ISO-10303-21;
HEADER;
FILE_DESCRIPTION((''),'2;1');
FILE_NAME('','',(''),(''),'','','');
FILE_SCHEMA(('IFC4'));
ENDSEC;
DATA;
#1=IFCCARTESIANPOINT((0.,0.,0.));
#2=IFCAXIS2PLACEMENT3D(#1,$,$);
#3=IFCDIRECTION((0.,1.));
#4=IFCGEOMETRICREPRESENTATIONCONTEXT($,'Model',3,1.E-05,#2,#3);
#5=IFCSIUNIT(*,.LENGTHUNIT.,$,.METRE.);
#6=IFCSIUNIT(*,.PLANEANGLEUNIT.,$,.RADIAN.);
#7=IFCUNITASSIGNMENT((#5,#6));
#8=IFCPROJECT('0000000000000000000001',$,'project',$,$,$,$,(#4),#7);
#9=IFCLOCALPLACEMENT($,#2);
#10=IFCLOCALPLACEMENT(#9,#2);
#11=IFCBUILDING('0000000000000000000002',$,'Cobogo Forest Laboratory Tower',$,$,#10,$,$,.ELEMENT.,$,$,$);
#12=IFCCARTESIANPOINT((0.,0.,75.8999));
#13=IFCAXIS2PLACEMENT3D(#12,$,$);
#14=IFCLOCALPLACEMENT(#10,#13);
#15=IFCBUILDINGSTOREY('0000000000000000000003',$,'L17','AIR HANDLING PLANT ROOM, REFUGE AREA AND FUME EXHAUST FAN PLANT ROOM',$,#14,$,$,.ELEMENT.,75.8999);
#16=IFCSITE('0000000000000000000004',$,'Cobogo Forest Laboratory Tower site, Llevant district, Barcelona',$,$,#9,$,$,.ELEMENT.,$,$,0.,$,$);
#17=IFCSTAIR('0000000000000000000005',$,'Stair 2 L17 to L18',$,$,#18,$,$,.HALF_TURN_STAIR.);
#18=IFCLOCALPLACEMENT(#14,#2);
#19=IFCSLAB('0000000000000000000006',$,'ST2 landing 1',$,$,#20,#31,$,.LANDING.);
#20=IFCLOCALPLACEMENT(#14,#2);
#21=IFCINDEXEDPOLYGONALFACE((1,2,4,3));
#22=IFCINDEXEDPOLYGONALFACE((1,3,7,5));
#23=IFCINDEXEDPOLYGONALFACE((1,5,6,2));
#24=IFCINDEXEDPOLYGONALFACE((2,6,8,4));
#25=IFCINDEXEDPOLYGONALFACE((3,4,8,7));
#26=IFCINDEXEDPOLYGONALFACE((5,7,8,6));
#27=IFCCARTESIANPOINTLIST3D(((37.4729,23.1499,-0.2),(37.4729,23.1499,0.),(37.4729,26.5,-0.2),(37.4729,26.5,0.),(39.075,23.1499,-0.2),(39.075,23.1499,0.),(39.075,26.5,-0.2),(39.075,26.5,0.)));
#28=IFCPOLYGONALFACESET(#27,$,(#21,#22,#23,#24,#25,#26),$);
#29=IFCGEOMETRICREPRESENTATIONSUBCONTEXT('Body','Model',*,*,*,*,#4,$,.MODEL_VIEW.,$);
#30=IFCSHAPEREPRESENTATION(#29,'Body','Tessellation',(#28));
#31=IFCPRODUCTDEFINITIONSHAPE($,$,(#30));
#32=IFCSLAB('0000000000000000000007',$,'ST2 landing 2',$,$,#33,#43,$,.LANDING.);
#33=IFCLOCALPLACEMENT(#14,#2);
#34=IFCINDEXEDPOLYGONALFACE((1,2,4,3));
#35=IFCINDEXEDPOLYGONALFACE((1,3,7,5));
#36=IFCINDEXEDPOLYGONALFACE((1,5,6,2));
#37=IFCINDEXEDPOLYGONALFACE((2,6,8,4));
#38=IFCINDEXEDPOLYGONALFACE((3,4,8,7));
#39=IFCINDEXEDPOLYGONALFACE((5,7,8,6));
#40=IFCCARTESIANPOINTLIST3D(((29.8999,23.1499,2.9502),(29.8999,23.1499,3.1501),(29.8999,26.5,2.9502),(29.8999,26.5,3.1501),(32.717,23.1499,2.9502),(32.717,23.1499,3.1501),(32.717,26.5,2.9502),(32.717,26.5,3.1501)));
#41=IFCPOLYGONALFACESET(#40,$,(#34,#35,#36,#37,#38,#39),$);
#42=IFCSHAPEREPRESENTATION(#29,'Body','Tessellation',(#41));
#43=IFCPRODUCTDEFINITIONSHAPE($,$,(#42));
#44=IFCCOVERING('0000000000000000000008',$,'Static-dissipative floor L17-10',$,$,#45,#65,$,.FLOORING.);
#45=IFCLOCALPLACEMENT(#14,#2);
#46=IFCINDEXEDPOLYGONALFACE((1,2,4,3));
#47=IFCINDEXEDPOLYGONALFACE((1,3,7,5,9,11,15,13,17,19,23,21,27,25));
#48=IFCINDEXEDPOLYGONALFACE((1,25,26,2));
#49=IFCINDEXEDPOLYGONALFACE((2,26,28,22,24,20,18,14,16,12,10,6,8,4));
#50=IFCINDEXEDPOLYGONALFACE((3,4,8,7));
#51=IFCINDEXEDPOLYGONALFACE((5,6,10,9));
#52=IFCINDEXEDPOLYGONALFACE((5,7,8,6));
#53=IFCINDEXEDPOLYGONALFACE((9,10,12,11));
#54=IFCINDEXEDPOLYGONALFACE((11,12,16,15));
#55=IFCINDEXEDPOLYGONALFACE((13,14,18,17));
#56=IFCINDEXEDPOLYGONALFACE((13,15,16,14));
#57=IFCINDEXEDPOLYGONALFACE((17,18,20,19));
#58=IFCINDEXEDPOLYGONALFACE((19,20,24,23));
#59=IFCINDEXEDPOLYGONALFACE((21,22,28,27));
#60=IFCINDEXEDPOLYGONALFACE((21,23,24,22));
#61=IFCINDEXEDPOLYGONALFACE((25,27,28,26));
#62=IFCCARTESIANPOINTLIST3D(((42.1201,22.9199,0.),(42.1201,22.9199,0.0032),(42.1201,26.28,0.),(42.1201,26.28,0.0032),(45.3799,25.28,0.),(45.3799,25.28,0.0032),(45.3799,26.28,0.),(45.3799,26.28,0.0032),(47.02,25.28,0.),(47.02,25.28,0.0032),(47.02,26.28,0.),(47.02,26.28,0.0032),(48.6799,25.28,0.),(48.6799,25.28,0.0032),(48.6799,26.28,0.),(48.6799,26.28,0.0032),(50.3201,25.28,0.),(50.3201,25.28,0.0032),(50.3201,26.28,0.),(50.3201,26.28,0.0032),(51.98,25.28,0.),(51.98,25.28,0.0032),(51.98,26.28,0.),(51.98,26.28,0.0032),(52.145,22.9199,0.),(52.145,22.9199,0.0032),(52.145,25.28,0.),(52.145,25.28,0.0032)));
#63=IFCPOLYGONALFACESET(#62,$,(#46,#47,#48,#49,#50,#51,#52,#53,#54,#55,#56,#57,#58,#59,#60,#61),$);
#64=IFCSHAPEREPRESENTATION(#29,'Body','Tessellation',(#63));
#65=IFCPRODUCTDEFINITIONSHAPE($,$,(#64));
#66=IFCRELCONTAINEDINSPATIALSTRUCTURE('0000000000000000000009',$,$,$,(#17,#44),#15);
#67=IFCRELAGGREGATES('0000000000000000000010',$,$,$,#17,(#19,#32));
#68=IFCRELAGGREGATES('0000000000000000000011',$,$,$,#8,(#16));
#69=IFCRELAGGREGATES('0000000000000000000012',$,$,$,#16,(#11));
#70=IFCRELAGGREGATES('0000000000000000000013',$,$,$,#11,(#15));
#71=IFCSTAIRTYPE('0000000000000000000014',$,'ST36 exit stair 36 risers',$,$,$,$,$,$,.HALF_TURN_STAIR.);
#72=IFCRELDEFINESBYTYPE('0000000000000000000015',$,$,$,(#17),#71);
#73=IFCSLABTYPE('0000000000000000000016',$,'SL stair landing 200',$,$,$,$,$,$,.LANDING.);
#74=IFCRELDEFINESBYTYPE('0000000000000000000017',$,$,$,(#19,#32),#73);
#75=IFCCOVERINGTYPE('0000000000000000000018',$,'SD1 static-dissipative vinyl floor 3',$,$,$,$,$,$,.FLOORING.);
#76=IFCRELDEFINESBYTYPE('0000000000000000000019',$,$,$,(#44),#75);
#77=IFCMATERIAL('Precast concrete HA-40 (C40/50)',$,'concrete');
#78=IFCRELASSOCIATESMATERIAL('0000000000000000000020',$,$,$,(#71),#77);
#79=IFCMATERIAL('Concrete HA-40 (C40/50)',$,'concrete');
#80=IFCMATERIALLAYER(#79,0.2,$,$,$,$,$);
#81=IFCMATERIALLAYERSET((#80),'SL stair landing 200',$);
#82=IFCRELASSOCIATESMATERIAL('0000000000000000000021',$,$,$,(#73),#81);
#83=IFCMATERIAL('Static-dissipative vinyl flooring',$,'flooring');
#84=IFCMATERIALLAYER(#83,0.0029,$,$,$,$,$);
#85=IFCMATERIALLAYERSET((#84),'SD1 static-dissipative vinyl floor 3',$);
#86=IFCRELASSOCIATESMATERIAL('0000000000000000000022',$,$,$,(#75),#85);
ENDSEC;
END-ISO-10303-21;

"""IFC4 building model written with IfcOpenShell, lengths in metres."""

from ifc_helpers import new_model, si_unit, direction, frame, origin, place, context, subcontext, project, spatial, polyline, outline, extrude, material, layer, layer_set, type_object, element, aggregate, save


model = new_model("IFC4")

# Units and contexts
model_context = context("Model", 3, precision=1e-05, world=origin(), true_north=direction((0.0, 1.0)))
body_context = subcontext(model_context, "Body", "Model", "MODEL_VIEW")
ifc_project = project(units=[si_unit("LENGTHUNIT", "METRE"), si_unit("PLANEANGLEUNIT", "RADIAN")], contexts=[model_context])

# Site, building, storey
site_placement = place(None, origin())
site = spatial("IfcSite", under=ifc_project, at=site_placement, Name="Cobogo Forest Laboratory Tower site, Llevant district, Barcelona", CompositionType="ELEMENT", RefElevation=0.0)
building_placement = place(site_placement, origin())
building = spatial("IfcBuilding", under=site, at=building_placement, Name="Cobogo Forest Laboratory Tower", CompositionType="ELEMENT")
storey_placement = place(building_placement, frame((0.0, 0.0, 75.8999)))
storey = spatial("IfcBuildingStorey", under=building, at=storey_placement, Name="L17", Description="AIR HANDLING PLANT ROOM, REFUGE AREA AND FUME EXHAUST FAN PLANT ROOM", CompositionType="ELEMENT", Elevation=75.8999)

# Shared definitions
ifc_material_1 = material(Name="Concrete HA-40 (C40/50)", Category="concrete")

# Stair, slabs
ifc_material_2 = material(Name="Precast concrete HA-40 (C40/50)", Category="concrete")
stair_type = type_object("IfcStairType", Name="ST36 exit stair 36 risers", PredefinedType="HALF_TURN_STAIR", material=ifc_material_2)
ifc_layer_1 = layer(ifc_material_1, 0.2)
ifc_layer_set_1 = layer_set([ifc_layer_1], Name="SL stair landing 200")
slab_type_1 = type_object("IfcSlabType", Name="SL stair landing 200", PredefinedType="LANDING", material=ifc_layer_set_1)
stair_1_placement = place(storey_placement, origin())
stair_1 = element("IfcStair", 1, at=stair_1_placement, inside=storey, type_object=stair_type, Name="Stair 2 L17 to L18", PredefinedType="HALF_TURN_STAIR")
slab_1_placement = place(storey_placement, frame((0.0, 0.0, -0.2)))
slab_1 = element("IfcSlab", 2, at=slab_1_placement, type_object=slab_type_1, Name="ST2 landing 1", PredefinedType="LANDING", context=body_context, shape_type="SweptSolid", body=[
    extrude(outline(polyline([(37.4729, 23.1499), (39.075, 23.1499), (39.075, 26.5), (37.4729, 26.5), (37.4729, 23.1499)])), origin(), (0.0, 0.0, 1.0), 0.2),
])
slab_2_placement = place(storey_placement, frame((0.0, 0.0, 2.9502)))
slab_2 = element("IfcSlab", 3, at=slab_2_placement, type_object=slab_type_1, Name="ST2 landing 2", PredefinedType="LANDING", context=body_context, shape_type="SweptSolid", body=[
    extrude(outline(polyline([(29.8999, 23.1499), (32.717, 23.1499), (32.717, 26.5), (29.8999, 26.5), (29.8999, 23.1499)])), origin(), (0.0, 0.0, 1.0), 0.2),
])
aggregate(stair_1, [slab_1, slab_2])

# Covering
ifc_material_3 = material(Name="Static-dissipative vinyl flooring", Category="flooring")
ifc_layer_2 = layer(ifc_material_3, 0.0029)
ifc_layer_set_2 = layer_set([ifc_layer_2], Name="SD1 static-dissipative vinyl floor 3")
covering_type = type_object("IfcCoveringType", Name="SD1 static-dissipative vinyl floor 3", PredefinedType="FLOORING", material=ifc_layer_set_2)
covering_placement = place(storey_placement, origin())
element("IfcCovering", 4, at=covering_placement, inside=storey, type_object=covering_type, Name="Static-dissipative floor L17-10", PredefinedType="FLOORING", context=body_context, shape_type="SweptSolid", body=[
    extrude(outline(polyline([(42.1201, 26.28), (45.3799, 26.28), (45.3799, 25.28), (47.02, 25.28), (47.02, 26.28), (48.6799, 26.28), (48.6799, 25.28), (50.3201, 25.28), (50.3201, 26.28), (51.98, 26.28), (51.98, 25.28), (52.145, 25.28), (52.145, 22.9199), (42.1201, 22.9199), (42.1201, 26.28)])), origin(), (0.0, 0.0, 1.0), 0.0032),
])

save(model, "model.ifc")
